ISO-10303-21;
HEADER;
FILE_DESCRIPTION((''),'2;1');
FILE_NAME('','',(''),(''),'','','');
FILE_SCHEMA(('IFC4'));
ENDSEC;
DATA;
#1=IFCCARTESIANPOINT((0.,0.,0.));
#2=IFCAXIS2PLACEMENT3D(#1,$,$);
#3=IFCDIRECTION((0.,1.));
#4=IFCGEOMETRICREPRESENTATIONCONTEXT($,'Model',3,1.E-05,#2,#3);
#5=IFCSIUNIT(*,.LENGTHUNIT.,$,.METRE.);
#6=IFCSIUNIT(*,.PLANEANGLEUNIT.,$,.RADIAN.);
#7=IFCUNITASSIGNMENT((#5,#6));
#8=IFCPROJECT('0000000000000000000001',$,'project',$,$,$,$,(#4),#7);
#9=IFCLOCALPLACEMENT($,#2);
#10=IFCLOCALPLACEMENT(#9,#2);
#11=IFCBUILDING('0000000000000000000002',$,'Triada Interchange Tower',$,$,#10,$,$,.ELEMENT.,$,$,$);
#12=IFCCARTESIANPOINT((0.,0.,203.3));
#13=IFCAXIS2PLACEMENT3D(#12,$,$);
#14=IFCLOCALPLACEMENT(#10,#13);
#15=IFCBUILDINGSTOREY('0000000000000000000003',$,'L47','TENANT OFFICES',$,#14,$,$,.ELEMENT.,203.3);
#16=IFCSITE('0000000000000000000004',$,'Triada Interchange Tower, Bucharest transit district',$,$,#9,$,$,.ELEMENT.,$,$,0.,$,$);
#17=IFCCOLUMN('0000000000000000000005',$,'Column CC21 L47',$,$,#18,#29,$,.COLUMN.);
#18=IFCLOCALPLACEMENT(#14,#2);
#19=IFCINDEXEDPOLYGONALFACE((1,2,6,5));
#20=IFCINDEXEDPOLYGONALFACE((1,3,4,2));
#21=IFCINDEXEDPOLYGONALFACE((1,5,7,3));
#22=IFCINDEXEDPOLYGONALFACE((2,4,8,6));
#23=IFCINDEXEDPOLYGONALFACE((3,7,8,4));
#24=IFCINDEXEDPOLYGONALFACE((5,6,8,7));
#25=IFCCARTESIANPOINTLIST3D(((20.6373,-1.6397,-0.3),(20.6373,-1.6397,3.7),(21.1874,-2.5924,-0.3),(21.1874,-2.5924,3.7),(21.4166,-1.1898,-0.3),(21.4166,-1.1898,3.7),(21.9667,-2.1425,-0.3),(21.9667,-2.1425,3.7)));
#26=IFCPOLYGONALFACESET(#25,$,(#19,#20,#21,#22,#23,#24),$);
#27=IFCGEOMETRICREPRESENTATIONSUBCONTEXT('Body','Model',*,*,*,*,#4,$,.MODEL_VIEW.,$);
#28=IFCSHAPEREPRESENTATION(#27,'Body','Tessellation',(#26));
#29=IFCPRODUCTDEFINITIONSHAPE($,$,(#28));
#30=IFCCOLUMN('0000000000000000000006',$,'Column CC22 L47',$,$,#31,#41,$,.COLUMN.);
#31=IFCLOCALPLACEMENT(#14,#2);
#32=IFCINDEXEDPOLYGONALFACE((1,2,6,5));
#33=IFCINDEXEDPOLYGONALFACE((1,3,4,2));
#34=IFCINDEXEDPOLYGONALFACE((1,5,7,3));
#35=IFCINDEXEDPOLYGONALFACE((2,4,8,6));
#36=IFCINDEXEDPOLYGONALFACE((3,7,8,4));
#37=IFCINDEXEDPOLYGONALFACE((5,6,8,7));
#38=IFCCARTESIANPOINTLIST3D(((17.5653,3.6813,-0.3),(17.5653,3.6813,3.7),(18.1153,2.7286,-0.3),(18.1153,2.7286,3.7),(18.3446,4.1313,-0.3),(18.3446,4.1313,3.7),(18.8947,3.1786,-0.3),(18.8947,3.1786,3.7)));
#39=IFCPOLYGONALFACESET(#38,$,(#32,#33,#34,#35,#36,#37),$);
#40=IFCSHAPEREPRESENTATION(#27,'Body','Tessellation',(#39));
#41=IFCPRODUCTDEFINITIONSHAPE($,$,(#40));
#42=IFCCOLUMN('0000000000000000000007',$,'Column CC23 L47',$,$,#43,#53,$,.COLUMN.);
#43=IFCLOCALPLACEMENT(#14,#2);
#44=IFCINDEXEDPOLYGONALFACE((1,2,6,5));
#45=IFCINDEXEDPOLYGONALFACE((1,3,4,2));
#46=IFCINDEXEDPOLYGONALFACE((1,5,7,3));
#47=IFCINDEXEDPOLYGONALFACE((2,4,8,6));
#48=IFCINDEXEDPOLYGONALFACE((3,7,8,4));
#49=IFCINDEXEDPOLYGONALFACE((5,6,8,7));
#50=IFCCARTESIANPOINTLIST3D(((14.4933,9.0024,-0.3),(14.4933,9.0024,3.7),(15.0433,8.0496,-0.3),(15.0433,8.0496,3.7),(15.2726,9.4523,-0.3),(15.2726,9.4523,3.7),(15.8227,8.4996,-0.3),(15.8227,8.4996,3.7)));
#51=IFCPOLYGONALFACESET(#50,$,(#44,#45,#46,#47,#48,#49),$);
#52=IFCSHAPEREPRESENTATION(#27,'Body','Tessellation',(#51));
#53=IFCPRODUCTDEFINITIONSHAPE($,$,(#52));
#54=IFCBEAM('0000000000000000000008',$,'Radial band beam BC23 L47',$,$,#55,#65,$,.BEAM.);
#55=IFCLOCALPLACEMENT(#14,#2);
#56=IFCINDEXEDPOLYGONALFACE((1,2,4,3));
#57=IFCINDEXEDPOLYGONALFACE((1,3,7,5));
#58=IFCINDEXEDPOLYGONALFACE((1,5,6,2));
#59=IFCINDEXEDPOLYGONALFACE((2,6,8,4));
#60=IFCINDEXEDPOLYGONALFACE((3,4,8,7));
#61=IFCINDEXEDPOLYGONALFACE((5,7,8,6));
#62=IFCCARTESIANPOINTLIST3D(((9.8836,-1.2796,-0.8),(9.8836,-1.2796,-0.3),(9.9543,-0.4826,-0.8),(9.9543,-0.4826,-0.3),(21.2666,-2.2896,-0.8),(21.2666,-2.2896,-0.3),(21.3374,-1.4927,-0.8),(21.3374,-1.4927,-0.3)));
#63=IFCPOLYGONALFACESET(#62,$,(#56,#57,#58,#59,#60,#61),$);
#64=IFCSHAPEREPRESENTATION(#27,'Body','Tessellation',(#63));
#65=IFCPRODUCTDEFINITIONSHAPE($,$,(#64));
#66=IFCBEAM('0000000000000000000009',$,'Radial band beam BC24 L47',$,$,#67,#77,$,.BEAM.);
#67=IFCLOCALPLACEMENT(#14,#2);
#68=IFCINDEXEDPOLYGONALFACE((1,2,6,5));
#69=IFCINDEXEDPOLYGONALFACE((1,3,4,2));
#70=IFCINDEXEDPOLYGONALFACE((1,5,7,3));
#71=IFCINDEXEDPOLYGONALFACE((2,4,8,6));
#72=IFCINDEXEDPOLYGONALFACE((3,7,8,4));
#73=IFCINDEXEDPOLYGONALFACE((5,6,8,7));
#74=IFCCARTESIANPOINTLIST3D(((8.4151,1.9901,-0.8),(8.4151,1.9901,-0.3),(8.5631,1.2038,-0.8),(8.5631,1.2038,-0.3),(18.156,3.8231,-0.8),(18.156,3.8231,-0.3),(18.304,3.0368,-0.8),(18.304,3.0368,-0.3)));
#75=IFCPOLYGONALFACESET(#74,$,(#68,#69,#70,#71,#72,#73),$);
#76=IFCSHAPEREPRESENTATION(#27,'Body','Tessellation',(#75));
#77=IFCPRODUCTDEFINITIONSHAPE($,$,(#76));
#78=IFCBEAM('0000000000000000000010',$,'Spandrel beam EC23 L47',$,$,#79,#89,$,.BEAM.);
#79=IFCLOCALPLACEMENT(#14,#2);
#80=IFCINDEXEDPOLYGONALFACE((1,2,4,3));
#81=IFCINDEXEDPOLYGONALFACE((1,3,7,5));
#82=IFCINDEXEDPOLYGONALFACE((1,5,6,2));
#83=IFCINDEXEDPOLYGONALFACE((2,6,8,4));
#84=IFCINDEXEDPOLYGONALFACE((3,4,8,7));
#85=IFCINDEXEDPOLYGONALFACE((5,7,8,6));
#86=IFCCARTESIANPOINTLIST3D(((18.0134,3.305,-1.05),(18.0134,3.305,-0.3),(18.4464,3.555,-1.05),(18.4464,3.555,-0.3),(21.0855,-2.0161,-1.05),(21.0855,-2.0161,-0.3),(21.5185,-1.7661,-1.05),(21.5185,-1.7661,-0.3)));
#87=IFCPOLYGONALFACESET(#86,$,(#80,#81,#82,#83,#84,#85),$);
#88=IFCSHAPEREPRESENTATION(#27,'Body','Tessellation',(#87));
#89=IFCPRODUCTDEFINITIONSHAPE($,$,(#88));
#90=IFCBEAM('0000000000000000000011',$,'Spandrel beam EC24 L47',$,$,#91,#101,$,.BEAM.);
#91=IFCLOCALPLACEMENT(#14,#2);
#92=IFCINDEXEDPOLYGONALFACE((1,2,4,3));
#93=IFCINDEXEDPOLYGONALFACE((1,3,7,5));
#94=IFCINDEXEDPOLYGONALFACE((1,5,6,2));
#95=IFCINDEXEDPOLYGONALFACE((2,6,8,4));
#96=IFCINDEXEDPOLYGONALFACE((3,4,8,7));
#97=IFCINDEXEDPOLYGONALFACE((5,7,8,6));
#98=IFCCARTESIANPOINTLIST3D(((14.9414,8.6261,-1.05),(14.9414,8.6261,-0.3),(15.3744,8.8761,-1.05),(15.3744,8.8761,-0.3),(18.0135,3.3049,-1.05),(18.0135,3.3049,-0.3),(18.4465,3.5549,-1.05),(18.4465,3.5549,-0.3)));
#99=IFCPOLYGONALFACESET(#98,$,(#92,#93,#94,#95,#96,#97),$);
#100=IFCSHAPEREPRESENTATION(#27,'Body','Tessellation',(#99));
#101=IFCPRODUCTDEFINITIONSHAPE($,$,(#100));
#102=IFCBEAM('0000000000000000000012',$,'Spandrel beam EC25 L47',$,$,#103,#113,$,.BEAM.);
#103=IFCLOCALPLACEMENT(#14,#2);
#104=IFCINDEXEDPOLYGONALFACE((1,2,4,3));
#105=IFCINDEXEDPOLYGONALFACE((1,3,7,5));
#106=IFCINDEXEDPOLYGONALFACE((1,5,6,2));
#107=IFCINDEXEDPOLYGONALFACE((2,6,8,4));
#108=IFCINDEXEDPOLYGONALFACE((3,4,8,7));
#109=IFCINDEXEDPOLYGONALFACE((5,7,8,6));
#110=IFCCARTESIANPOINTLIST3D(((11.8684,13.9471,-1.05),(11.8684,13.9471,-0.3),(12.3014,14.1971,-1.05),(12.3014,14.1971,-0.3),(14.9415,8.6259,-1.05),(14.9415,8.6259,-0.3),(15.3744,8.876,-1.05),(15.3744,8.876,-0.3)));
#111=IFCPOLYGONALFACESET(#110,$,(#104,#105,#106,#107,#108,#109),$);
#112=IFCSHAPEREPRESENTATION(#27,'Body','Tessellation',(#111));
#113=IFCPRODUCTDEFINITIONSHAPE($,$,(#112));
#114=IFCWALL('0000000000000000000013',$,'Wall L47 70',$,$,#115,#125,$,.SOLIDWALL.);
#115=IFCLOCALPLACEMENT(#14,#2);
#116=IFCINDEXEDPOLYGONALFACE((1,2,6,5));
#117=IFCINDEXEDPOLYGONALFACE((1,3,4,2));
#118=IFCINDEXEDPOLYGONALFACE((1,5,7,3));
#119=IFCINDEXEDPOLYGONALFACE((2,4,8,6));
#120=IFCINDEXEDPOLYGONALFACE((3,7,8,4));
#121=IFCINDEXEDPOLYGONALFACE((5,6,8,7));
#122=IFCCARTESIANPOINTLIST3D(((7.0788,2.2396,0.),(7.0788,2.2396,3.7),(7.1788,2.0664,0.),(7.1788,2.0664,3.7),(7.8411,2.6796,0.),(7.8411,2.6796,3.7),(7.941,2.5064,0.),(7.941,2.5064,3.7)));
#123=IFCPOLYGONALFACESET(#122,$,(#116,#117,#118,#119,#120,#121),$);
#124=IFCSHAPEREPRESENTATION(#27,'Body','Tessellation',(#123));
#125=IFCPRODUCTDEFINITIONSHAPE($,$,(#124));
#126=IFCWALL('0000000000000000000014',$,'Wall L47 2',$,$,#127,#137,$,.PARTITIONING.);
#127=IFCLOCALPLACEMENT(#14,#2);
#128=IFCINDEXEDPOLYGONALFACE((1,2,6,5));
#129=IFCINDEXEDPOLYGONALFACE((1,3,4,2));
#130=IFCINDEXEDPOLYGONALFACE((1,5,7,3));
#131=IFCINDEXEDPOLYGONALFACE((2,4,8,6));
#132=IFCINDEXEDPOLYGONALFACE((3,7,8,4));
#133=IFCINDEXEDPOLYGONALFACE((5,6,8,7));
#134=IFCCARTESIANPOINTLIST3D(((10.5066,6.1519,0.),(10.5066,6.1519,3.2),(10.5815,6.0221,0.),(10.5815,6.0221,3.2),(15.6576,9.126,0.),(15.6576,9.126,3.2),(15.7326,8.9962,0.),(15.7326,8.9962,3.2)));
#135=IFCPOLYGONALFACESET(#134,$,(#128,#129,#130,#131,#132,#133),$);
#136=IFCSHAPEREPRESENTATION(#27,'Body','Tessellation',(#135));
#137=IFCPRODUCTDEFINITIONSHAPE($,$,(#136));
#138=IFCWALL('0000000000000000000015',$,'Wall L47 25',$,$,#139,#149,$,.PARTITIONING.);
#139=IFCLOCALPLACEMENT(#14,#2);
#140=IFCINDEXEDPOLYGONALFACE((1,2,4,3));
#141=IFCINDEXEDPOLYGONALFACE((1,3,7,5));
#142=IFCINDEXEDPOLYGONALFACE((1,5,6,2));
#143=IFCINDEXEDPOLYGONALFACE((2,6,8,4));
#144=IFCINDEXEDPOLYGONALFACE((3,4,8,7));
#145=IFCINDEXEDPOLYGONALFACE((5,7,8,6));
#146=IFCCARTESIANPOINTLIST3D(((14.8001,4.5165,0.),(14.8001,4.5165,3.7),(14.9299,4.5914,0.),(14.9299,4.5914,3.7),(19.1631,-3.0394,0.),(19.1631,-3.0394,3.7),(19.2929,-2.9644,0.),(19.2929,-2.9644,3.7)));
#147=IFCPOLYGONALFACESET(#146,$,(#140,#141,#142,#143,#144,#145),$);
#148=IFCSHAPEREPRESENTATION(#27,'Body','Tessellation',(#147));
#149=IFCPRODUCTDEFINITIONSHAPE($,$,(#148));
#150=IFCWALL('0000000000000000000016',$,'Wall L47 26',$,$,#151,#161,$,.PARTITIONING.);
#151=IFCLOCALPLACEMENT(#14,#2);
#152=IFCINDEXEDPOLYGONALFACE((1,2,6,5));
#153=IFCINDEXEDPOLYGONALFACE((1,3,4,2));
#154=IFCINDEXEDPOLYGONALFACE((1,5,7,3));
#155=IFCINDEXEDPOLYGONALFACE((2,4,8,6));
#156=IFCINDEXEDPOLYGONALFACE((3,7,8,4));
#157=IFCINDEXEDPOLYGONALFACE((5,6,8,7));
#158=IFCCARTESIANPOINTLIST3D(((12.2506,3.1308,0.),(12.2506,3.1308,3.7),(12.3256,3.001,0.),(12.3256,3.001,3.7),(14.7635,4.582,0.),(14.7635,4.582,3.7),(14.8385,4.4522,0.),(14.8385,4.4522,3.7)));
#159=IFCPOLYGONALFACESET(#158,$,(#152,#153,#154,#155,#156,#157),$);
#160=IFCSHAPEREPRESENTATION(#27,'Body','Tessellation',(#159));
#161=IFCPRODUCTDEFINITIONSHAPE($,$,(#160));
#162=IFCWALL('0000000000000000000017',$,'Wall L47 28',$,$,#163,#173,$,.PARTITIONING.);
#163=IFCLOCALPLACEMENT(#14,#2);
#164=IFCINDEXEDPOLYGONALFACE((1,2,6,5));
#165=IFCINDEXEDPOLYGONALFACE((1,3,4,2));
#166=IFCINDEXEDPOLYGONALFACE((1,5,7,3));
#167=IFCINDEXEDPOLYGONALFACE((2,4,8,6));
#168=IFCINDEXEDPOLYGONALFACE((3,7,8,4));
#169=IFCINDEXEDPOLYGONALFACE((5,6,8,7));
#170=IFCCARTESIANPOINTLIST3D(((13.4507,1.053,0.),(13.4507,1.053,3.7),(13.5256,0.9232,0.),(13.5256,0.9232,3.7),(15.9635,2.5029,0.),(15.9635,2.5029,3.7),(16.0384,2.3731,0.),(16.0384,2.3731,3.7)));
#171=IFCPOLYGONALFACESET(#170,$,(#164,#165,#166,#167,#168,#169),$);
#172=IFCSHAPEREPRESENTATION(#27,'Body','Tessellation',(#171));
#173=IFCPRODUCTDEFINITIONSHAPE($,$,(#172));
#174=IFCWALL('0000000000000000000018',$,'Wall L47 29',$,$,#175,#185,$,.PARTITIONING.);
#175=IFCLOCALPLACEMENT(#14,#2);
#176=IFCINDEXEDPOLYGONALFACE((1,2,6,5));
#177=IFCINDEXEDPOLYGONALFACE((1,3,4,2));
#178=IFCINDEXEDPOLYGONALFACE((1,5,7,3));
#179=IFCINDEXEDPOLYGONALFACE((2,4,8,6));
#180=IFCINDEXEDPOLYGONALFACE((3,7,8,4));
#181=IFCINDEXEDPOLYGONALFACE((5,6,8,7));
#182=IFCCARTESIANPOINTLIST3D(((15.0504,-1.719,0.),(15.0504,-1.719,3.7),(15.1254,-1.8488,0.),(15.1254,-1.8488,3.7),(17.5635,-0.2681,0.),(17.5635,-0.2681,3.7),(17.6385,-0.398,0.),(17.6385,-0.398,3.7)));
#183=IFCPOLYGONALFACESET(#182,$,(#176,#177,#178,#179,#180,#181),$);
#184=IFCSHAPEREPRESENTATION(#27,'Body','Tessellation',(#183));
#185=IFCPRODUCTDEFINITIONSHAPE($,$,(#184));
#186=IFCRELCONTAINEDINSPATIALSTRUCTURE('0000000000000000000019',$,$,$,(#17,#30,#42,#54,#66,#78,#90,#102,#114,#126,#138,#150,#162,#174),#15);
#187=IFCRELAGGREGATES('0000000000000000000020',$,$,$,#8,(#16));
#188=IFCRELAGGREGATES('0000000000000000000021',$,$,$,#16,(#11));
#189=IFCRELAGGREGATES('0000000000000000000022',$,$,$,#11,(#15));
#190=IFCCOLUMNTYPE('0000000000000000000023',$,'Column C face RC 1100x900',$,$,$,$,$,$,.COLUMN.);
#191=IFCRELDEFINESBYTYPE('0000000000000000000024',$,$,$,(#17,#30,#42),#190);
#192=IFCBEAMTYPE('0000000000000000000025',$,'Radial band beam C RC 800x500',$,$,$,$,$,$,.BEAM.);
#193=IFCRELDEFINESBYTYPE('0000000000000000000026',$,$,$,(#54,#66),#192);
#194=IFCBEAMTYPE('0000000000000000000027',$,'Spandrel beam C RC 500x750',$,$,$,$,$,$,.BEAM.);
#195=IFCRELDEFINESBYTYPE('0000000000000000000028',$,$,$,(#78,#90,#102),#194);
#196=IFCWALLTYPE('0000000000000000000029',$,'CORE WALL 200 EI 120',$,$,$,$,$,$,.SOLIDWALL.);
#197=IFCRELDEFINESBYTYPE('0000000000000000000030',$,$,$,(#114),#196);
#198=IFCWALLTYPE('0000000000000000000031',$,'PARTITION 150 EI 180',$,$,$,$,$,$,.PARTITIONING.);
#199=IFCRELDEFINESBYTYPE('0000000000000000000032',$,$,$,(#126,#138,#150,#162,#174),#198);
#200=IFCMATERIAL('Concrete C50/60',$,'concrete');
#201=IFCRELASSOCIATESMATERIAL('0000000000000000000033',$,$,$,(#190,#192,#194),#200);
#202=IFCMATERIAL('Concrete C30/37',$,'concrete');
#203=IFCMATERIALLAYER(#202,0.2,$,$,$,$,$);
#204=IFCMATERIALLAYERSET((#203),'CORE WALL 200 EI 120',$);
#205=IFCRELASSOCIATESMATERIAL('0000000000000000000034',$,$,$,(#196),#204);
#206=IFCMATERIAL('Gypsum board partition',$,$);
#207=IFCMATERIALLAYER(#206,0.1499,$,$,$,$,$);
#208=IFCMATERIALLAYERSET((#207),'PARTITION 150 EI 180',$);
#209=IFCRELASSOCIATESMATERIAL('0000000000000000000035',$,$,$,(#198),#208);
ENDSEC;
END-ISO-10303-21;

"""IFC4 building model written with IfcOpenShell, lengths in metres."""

from ifc_helpers import new_model, si_unit, direction, frame, frame_2d, origin, origin_2d, place, context, subcontext, project, spatial, rectangle, extrude, material, layer, layer_set, material_profile, profile_set, type_object, element, save


model = new_model("IFC4")

# Units and contexts
model_context = context("Model", 3, precision=1e-05, world=origin(), true_north=direction((0.0, 1.0)))
body_context = subcontext(model_context, "Body", "Model", "MODEL_VIEW")
ifc_project = project(units=[si_unit("LENGTHUNIT", "METRE"), si_unit("PLANEANGLEUNIT", "RADIAN")], contexts=[model_context])

# Site, building, storey
site_placement = place(None, origin())
site = spatial("IfcSite", under=ifc_project, at=site_placement, Name="Triada Interchange Tower, Bucharest transit district", CompositionType="ELEMENT", RefElevation=0.0)
building_placement = place(site_placement, origin())
building = spatial("IfcBuilding", under=site, at=building_placement, Name="Triada Interchange Tower", CompositionType="ELEMENT")
storey_placement = place(building_placement, frame((0.0, 0.0, 203.3)))
storey = spatial("IfcBuildingStorey", under=building, at=storey_placement, Name="L47", Description="TENANT OFFICES", CompositionType="ELEMENT", Elevation=203.3)

# Columns
ifc_material_1 = material(Name="Concrete C50/60", Category="concrete")
ifc_material_profile_1 = material_profile(ifc_material_1, rectangle(XDim=1.1001, YDim=0.8999, at=origin_2d()), Name="RC 1100x900")
ifc_profile_set_1 = profile_set([ifc_material_profile_1], Name="Concrete C50/60")
column_type = type_object("IfcColumnType", Name="Column C face RC 1100x900", PredefinedType="COLUMN", material=ifc_profile_set_1)
for number, where, z_axis, x_axis, name in (
    (1, (21.302, -1.8911, -0.3), (0.0, 0.0, 1.0), (-0.5, 0.866025, 0.0), "Column CC21 L47"),
    (2, (18.23, 3.4299, -0.3), (0.0, 0.0, 1.0), (-0.5, 0.866025, 0.0), "Column CC22 L47"),
    (3, (15.158, 8.751, -0.3), (0.0, 0.0, 1.0), (-0.5, 0.866025, 0.0), "Column CC23 L47"),
):
    element("IfcColumn", number, at=place(storey_placement, frame(where, z_axis=z_axis, x_axis=x_axis)), inside=storey, type_object=column_type, Name=name, PredefinedType="COLUMN", context=body_context, shape_type="SweptSolid", body=[
        extrude(rectangle(XDim=1.1001, YDim=0.8999, at=origin_2d()), origin(), (0.0, 0.0, 1.0), 4.0),
    ])

# Beams
ifc_material_profile_2 = material_profile(ifc_material_1, rectangle(XDim=0.8, YDim=0.5, at=origin_2d()), Name="RC 800x500")
ifc_profile_set_2 = profile_set([ifc_material_profile_2], Name="Concrete C50/60")
beam_type_1 = type_object("IfcBeamType", Name="Radial band beam C RC 800x500", PredefinedType="BEAM", material=ifc_profile_set_2)
beam_1_placement = place(storey_placement, frame((21.302, -1.8911, -0.55), z_axis=(-0.996087, 0.088382, 0.0), x_axis=(-0.088382, -0.996087, 0.0)))
element("IfcBeam", 4, at=beam_1_placement, inside=storey, type_object=beam_type_1, Name="Radial band beam BC23 L47", PredefinedType="BEAM", context=body_context, shape_type="SweptSolid", body=[
    extrude(rectangle(XDim=0.8, YDim=0.5, at=origin_2d()), origin(), (0.0, 0.0, 1.0), 11.4277),
])
beam_2_placement = place(storey_placement, frame((18.23, 3.4299, -0.55), z_axis=(-0.982752, -0.184929, 0.0), x_axis=(0.184929, -0.982752, 0.0)))
element("IfcBeam", 5, at=beam_2_placement, inside=storey, type_object=beam_type_1, Name="Radial band beam BC24 L47", PredefinedType="BEAM", context=body_context, shape_type="SweptSolid", body=[
    extrude(rectangle(XDim=0.8, YDim=0.5, at=origin_2d()), origin(), (0.0, 0.0, 1.0), 9.9119),
])
ifc_material_profile_3 = material_profile(ifc_material_1, rectangle(XDim=0.5, YDim=0.75, at=origin_2d()), Name="RC 500x750")
ifc_profile_set_3 = profile_set([ifc_material_profile_3], Name="Concrete C50/60")
beam_type_2 = type_object("IfcBeamType", Name="Spandrel beam C RC 500x750", PredefinedType="BEAM", material=ifc_profile_set_3)
for number, where, z_axis, x_axis, name in (
    (6, (21.302, -1.8911, -0.675), (-0.49999, 0.866031, 0.0), (-0.866031, -0.49999, 0.0), "Spandrel beam EC23 L47"),
    (7, (18.23, 3.4299, -0.675), (-0.49999, 0.866031, 0.0), (-0.866031, -0.49999, 0.0), "Spandrel beam EC24 L47"),
):
    element("IfcBeam", number, at=place(storey_placement, frame(where, z_axis=z_axis, x_axis=x_axis)), inside=storey, type_object=beam_type_2, Name=name, PredefinedType="BEAM", context=body_context, shape_type="SweptSolid", body=[
        extrude(rectangle(XDim=0.5, YDim=0.75, at=origin_2d()), origin(), (0.0, 0.0, 1.0), 6.1443),
    ])
beam_3_placement = place(storey_placement, frame((15.158, 8.751, -0.675), z_axis=(-0.500109, 0.865963, 0.0), x_axis=(-0.865963, -0.500109, 0.0)))
element("IfcBeam", 8, at=beam_3_placement, inside=storey, type_object=beam_type_2, Name="Spandrel beam EC25 L47", PredefinedType="BEAM", context=body_context, shape_type="SweptSolid", body=[
    extrude(rectangle(XDim=0.5, YDim=0.75, at=origin_2d()), origin(), (0.0, 0.0, 1.0), 6.1448),
])

# Walls
ifc_material_2 = material(Name="Concrete C30/37", Category="concrete")
ifc_layer_1 = layer(ifc_material_2, 0.2)
ifc_layer_set_1 = layer_set([ifc_layer_1], Name="CORE WALL 200 EI 120")
wall_type_1 = type_object("IfcWallType", Name="CORE WALL 200 EI 120", PredefinedType="SOLIDWALL", material=ifc_layer_set_1)
wall_1_placement = place(storey_placement, frame((7.1289, 2.1531, 0.0), z_axis=(0.0, 0.0, 1.0), x_axis=(0.866084, 0.499899, 0.0)))
element("IfcWall", 9, at=wall_1_placement, inside=storey, type_object=wall_type_1, Name="Wall L47 70", PredefinedType="SOLIDWALL", context=body_context, shape_type="SweptSolid", body=[
    extrude(rectangle(XDim=0.8801, YDim=0.2, at=frame_2d((0.4399, 0.0))), origin(), (0.0, 0.0, 1.0), 3.7),
])
ifc_material_3 = material(Name="Gypsum board partition")
ifc_layer_2 = layer(ifc_material_3, 0.1499)
ifc_layer_set_2 = layer_set([ifc_layer_2], Name="PARTITION 150 EI 180")
wall_type_2 = type_object("IfcWallType", Name="PARTITION 150 EI 180", PredefinedType="PARTITIONING", material=ifc_layer_set_2)
wall_2_placement = place(storey_placement, frame((10.5439, 6.0869, 0.0), z_axis=(0.0, 0.0, 1.0), x_axis=(0.866017, 0.500015, 0.0)))
element("IfcWall", 10, at=wall_2_placement, inside=storey, type_object=wall_type_2, Name="Wall L47 2", PredefinedType="PARTITIONING", context=body_context, shape_type="SweptSolid", body=[
    extrude(rectangle(XDim=5.948, YDim=0.1499, at=frame_2d((2.9741, 0.0))), origin(), (0.0, 0.0, 1.0), 3.2),
])
wall_3_placement = place(storey_placement, frame((14.865, 4.554, 0.0), z_axis=(0.0, 0.0, 1.0), x_axis=(0.500054, -0.865994, 0.0)))
element("IfcWall", 11, at=wall_3_placement, inside=storey, type_object=wall_type_2, Name="Wall L47 25", PredefinedType="PARTITIONING", context=body_context, shape_type="SweptSolid", body=[
    extrude(rectangle(XDim=8.7251, YDim=0.1499, at=frame_2d((4.3625, 0.0))), origin(), (0.0, 0.0, 1.0), 3.7),
])
wall_4_placement = place(storey_placement, frame((12.2881, 3.0659, 0.0), z_axis=(0.0, 0.0, 1.0), x_axis=(0.865977, 0.500084, 0.0)))
element("IfcWall", 12, at=wall_4_placement, inside=storey, type_object=wall_type_2, Name="Wall L47 26", PredefinedType="PARTITIONING", context=body_context, shape_type="SweptSolid", body=[
    extrude(rectangle(XDim=2.9019, YDim=0.1499, at=frame_2d((1.4509, 0.0))), origin(), (0.0, 0.0, 1.0), 3.7),
])
wall_5_placement = place(storey_placement, frame((13.488, 0.988, 0.0), z_axis=(0.0, 0.0, 1.0), x_axis=(0.866159, 0.499769, 0.0)))
element("IfcWall", 13, at=wall_5_placement, inside=storey, type_object=wall_type_2, Name="Wall L47 28", PredefinedType="PARTITIONING", context=body_context, shape_type="SweptSolid", body=[
    extrude(rectangle(XDim=2.9011, YDim=0.1499, at=frame_2d((1.4507, 0.0))), origin(), (0.0, 0.0, 1.0), 3.7),
])
wall_6_placement = place(storey_placement, frame((15.0879, -1.7839, 0.0), z_axis=(0.0, 0.0, 1.0), x_axis=(0.866034, 0.499985, 0.0)))
element("IfcWall", 14, at=wall_6_placement, inside=storey, type_object=wall_type_2, Name="Wall L47 29", PredefinedType="PARTITIONING", context=body_context, shape_type="SweptSolid", body=[
    extrude(rectangle(XDim=2.9019, YDim=0.1499, at=frame_2d((1.4509, 0.0))), origin(), (0.0, 0.0, 1.0), 3.7),
])

save(model, "model.ifc")
